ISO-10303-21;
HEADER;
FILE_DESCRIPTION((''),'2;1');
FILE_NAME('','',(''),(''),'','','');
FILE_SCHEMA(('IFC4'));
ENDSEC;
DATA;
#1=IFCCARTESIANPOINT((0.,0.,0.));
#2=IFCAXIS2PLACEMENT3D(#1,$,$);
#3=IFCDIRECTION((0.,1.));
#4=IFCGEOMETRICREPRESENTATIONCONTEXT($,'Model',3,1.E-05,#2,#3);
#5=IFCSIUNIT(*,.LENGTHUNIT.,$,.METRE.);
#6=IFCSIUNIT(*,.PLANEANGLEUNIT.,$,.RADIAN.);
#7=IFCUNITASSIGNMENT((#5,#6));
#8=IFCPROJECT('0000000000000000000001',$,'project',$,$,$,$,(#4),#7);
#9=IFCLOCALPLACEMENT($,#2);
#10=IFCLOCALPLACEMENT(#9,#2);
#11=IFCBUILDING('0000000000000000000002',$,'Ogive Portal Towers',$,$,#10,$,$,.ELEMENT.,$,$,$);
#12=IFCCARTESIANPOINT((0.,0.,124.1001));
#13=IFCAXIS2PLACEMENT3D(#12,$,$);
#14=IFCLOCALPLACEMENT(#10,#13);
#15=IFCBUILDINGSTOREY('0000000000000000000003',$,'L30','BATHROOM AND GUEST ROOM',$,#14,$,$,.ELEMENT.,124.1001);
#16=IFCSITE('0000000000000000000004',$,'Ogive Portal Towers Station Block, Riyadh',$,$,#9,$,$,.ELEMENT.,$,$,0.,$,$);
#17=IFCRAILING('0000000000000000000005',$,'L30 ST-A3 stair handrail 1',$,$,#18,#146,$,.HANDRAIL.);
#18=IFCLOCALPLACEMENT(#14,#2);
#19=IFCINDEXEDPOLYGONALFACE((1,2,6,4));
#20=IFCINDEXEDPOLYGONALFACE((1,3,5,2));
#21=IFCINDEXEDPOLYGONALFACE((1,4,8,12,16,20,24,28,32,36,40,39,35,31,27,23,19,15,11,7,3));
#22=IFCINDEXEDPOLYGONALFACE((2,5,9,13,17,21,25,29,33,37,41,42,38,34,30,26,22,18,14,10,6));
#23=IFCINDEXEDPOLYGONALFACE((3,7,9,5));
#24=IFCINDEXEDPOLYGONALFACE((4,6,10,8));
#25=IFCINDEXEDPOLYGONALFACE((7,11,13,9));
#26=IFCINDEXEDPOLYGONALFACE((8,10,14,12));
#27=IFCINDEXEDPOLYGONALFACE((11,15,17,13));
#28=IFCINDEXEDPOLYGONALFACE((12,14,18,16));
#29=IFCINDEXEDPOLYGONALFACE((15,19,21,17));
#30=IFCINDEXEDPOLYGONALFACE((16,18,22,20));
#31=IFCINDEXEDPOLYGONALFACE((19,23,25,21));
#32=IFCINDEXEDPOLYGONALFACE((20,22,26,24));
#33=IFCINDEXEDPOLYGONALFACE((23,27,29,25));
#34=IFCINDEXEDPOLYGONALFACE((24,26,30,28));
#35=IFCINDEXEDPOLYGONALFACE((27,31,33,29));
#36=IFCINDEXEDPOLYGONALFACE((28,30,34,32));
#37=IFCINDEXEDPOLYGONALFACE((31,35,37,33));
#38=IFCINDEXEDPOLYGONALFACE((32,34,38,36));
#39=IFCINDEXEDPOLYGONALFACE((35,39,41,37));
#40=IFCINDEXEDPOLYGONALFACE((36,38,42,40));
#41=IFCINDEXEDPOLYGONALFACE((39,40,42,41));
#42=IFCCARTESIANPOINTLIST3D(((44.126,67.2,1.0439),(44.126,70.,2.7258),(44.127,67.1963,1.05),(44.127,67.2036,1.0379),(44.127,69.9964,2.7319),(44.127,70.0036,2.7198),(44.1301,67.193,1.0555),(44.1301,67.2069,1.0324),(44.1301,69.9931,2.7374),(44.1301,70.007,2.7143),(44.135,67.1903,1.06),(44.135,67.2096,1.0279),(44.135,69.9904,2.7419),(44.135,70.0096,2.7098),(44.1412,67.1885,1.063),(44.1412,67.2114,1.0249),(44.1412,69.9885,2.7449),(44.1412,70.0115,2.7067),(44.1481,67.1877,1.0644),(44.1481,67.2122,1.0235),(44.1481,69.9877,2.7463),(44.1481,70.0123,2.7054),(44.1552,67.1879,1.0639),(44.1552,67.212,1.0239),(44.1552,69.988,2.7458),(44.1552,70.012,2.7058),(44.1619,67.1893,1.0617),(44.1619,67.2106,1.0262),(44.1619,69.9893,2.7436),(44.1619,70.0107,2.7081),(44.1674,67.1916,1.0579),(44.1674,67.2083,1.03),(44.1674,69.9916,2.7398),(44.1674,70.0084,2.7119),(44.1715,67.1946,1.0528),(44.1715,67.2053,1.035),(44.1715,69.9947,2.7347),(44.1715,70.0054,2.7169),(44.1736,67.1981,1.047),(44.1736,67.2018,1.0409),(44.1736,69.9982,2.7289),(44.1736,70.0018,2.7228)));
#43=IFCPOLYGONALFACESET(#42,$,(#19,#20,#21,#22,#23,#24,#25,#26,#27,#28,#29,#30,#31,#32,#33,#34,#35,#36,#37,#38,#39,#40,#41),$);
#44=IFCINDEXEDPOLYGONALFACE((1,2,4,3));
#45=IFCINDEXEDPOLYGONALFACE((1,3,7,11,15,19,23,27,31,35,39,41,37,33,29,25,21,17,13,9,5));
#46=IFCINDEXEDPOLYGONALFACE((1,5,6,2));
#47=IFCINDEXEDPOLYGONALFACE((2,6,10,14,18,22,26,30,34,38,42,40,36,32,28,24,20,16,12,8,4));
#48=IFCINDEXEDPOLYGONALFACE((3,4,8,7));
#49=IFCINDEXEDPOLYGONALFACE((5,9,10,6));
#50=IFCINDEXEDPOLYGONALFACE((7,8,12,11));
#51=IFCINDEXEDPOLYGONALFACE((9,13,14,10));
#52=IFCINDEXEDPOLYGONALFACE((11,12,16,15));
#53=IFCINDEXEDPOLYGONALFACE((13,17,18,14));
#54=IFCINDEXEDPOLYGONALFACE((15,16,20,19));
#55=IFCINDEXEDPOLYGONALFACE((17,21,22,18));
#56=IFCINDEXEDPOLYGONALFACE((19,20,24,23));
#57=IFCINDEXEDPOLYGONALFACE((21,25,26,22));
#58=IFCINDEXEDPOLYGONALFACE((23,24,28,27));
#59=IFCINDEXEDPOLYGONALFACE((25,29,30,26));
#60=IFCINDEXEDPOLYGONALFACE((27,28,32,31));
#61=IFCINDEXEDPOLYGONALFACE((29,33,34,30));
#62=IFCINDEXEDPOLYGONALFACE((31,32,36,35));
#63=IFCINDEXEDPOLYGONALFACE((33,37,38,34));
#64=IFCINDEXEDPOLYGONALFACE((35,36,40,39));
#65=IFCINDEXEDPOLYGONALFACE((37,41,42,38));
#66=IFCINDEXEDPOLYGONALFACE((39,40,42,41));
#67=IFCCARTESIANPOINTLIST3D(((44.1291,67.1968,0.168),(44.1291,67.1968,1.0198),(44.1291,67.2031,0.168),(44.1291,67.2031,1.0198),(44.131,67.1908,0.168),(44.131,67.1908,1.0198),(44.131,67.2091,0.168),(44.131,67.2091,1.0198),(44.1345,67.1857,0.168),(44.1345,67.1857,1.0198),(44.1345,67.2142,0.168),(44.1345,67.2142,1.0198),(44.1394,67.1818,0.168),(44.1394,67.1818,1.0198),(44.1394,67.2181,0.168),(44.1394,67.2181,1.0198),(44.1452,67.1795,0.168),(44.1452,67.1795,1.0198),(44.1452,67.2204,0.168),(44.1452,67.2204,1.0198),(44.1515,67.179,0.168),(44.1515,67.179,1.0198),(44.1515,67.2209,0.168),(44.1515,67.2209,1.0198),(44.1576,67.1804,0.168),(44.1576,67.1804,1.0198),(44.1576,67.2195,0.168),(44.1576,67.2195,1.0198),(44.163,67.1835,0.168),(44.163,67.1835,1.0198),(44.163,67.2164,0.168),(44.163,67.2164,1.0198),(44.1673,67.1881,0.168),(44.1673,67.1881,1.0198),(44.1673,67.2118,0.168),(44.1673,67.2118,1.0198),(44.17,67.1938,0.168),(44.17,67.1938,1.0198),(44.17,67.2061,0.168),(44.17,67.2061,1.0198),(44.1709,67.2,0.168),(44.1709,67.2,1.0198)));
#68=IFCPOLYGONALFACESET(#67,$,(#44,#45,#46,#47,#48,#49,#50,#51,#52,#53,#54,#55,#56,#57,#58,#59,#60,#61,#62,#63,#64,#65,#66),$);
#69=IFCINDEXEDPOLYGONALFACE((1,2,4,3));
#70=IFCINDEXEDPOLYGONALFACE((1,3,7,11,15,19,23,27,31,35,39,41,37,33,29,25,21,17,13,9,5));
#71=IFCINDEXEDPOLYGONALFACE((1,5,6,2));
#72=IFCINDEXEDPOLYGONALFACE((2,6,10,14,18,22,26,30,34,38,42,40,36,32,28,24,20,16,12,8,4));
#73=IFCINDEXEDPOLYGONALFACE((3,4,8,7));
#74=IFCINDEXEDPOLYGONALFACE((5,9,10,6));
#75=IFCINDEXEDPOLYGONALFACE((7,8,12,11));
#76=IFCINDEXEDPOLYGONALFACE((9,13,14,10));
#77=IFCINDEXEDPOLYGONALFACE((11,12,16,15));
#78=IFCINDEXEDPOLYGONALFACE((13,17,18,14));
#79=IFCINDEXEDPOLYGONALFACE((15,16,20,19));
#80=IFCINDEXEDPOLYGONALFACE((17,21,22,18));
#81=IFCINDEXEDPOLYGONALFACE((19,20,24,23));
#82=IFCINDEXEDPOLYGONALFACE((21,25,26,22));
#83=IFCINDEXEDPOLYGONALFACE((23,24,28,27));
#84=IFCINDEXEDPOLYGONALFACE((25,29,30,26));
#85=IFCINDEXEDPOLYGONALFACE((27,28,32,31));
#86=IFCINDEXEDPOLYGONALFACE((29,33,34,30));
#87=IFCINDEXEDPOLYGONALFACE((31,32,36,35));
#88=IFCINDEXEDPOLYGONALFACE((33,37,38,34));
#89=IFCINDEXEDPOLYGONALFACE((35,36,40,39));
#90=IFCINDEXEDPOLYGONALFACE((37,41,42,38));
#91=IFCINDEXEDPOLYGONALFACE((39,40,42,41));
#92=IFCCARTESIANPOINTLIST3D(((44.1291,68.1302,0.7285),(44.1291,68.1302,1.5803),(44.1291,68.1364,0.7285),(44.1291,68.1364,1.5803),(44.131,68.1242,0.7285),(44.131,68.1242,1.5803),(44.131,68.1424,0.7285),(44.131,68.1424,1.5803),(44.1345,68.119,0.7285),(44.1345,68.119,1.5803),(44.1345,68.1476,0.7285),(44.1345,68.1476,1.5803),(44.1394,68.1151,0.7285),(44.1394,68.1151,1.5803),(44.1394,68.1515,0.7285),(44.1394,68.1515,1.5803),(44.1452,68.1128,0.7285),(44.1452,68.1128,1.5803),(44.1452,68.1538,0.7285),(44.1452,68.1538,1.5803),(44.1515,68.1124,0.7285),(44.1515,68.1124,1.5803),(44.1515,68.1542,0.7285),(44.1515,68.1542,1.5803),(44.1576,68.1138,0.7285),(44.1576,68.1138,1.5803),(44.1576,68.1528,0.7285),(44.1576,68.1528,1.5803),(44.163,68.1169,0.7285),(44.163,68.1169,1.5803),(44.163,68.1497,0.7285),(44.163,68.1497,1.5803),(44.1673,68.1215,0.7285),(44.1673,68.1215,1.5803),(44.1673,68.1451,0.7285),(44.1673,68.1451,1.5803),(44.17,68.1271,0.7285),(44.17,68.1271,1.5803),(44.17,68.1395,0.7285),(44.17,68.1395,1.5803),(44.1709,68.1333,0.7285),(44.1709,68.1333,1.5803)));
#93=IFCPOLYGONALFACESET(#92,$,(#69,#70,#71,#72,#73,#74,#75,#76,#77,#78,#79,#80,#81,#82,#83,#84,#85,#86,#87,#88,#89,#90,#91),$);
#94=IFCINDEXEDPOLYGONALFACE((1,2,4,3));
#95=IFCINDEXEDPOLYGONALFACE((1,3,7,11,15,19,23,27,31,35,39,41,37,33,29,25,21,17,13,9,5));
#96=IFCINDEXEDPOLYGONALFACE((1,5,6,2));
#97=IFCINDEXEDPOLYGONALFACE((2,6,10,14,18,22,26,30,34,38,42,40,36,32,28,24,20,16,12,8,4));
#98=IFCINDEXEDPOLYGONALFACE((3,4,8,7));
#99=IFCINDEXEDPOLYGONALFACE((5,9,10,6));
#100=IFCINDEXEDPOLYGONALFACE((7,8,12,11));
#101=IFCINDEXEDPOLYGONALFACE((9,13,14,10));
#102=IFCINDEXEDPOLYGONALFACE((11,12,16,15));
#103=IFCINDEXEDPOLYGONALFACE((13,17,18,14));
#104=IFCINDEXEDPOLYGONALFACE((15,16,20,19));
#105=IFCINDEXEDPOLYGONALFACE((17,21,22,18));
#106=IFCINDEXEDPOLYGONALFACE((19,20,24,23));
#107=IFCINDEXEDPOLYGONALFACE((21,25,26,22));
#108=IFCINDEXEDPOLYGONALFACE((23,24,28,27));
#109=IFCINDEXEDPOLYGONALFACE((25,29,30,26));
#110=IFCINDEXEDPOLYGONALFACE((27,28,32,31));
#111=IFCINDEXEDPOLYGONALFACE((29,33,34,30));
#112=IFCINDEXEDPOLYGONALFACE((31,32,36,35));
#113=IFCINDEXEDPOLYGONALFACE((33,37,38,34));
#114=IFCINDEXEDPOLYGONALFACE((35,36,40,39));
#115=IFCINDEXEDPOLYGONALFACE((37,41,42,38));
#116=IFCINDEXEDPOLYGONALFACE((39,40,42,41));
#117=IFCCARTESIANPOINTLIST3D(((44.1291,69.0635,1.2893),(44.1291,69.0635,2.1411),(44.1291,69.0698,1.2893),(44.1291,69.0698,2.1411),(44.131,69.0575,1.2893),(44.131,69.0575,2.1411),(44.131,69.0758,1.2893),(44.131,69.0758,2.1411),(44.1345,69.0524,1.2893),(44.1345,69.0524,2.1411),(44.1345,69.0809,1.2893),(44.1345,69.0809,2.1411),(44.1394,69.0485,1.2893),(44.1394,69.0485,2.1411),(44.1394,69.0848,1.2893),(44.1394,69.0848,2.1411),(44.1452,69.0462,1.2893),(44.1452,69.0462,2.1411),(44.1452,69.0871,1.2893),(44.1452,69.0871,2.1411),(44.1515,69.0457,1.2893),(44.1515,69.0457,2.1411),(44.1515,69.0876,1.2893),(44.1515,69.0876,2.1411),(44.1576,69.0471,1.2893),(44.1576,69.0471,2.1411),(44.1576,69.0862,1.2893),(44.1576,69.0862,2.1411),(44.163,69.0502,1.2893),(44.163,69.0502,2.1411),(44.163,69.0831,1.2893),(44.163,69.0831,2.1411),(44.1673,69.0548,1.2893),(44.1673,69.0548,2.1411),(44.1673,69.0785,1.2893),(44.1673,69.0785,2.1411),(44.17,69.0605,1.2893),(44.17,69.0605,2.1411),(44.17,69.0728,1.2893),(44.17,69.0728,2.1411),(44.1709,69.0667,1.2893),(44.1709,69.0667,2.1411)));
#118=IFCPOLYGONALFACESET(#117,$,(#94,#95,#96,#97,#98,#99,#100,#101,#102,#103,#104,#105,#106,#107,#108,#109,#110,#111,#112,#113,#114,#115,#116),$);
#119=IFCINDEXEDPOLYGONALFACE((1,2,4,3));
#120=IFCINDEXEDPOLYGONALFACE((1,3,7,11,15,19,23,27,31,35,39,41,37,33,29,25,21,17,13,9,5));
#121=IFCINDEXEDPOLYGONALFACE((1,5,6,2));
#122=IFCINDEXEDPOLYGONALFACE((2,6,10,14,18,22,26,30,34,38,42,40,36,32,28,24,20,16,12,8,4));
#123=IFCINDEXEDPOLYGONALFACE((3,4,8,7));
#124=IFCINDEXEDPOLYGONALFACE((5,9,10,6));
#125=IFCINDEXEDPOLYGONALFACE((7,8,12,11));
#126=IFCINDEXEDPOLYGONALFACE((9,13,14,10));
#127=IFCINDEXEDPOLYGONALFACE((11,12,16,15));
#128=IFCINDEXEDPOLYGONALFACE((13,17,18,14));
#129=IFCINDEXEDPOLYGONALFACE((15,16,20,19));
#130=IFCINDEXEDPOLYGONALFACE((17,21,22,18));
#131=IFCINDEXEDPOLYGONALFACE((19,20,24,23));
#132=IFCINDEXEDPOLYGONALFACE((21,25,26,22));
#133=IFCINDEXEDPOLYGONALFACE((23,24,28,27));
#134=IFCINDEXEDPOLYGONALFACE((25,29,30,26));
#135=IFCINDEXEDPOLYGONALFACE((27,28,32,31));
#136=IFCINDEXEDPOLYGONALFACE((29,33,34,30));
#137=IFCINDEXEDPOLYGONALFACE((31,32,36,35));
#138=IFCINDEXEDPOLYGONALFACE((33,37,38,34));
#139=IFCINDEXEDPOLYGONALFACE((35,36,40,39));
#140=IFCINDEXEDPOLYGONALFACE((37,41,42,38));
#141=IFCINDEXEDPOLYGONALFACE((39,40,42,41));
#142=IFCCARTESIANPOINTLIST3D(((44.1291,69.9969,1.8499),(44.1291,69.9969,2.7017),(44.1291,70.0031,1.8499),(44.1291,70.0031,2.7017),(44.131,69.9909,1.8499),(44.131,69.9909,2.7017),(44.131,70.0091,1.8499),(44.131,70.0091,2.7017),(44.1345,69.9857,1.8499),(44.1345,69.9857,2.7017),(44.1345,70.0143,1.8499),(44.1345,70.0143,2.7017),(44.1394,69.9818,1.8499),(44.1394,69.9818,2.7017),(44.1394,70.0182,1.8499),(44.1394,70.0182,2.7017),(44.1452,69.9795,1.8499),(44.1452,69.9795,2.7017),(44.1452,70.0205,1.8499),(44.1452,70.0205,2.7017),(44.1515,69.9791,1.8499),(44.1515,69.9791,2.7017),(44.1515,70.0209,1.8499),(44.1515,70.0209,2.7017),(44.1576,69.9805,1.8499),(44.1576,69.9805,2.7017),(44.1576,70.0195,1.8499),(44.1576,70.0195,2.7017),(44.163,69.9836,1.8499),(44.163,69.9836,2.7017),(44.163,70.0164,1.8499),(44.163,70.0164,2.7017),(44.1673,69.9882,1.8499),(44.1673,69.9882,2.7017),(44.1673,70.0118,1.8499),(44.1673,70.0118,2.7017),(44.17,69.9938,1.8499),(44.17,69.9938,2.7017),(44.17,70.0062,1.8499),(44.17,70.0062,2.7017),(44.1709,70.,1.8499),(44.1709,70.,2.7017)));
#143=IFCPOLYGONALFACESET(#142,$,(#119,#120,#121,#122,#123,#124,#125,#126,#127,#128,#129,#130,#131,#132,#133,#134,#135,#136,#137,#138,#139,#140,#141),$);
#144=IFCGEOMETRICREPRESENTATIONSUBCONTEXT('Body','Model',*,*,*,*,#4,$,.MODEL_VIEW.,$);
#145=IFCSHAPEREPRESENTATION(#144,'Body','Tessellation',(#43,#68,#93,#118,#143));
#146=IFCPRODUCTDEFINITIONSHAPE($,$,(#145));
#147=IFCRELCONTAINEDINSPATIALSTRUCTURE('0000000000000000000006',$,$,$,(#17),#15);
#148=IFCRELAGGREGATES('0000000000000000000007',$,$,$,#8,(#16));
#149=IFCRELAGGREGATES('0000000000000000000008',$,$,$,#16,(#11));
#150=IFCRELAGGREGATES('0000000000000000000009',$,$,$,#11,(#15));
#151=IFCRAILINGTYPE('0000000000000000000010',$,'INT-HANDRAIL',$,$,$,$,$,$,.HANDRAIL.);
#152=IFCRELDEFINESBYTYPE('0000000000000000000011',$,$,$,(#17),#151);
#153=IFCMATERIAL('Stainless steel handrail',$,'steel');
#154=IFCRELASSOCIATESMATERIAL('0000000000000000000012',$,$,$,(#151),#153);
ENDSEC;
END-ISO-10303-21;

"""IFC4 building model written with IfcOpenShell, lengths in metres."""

from ifc_helpers import new_model, si_unit, direction, frame, origin, origin_2d, place, context, subcontext, project, spatial, circle, extrude, material, type_object, element, save


model = new_model("IFC4")

# Units and contexts
model_context = context("Model", 3, precision=1e-05, world=origin(), true_north=direction((0.0, 1.0)))
body_context = subcontext(model_context, "Body", "Model", "MODEL_VIEW")
ifc_project = project(units=[si_unit("LENGTHUNIT", "METRE"), si_unit("PLANEANGLEUNIT", "RADIAN")], contexts=[model_context])

# Site, building, storey
site_placement = place(None, origin())
site = spatial("IfcSite", under=ifc_project, at=site_placement, Name="Ogive Portal Towers Station Block, Riyadh", CompositionType="ELEMENT", RefElevation=0.0)
building_placement = place(site_placement, origin())
building = spatial("IfcBuilding", under=site, at=building_placement, Name="Ogive Portal Towers", CompositionType="ELEMENT")
storey_placement = place(building_placement, frame((0.0, 0.0, 124.1001)))
storey = spatial("IfcBuildingStorey", under=building, at=storey_placement, Name="L30", Description="BATHROOM AND GUEST ROOM", CompositionType="ELEMENT", Elevation=124.1001)

# Railing
ifc_material_1 = material(Name="Stainless steel handrail", Category="steel")
railing_type_1 = type_object("IfcRailingType", Name="INT-HANDRAIL", PredefinedType="HANDRAIL", material=ifc_material_1)
railing_1_placement = place(storey_placement, frame((44.1499, 67.2, 0.168)))
element("IfcRailing", 1, at=railing_1_placement, inside=storey, type_object=railing_type_1, Name="L30 ST-A3 stair handrail 1", PredefinedType="HANDRAIL", context=body_context, shape_type="SweptSolid", body=[
    extrude(circle(Radius=0.0239, at=origin_2d()), frame((0.0, 0.0, 0.876), z_axis=(0.0, 0.857242, 0.514913), x_axis=(-1.0, 0.0, 0.0)), (0.0, 0.0, 1.0), 3.2664),
    extrude(circle(Radius=0.021, at=origin_2d()), origin(), (0.0, 0.0, 1.0), 0.8518),
    extrude(circle(Radius=0.021, at=origin_2d()), frame((0.0, 0.9333, 0.5605)), (0.0, 0.0, 1.0), 0.8518),
    extrude(circle(Radius=0.021, at=origin_2d()), frame((0.0, 1.8667, 1.1213)), (0.0, 0.0, 1.0), 0.8518),
    extrude(circle(Radius=0.021, at=origin_2d()), frame((0.0, 2.8, 1.6819)), (0.0, 0.0, 1.0), 0.8518),
])

save(model, "model.ifc")
